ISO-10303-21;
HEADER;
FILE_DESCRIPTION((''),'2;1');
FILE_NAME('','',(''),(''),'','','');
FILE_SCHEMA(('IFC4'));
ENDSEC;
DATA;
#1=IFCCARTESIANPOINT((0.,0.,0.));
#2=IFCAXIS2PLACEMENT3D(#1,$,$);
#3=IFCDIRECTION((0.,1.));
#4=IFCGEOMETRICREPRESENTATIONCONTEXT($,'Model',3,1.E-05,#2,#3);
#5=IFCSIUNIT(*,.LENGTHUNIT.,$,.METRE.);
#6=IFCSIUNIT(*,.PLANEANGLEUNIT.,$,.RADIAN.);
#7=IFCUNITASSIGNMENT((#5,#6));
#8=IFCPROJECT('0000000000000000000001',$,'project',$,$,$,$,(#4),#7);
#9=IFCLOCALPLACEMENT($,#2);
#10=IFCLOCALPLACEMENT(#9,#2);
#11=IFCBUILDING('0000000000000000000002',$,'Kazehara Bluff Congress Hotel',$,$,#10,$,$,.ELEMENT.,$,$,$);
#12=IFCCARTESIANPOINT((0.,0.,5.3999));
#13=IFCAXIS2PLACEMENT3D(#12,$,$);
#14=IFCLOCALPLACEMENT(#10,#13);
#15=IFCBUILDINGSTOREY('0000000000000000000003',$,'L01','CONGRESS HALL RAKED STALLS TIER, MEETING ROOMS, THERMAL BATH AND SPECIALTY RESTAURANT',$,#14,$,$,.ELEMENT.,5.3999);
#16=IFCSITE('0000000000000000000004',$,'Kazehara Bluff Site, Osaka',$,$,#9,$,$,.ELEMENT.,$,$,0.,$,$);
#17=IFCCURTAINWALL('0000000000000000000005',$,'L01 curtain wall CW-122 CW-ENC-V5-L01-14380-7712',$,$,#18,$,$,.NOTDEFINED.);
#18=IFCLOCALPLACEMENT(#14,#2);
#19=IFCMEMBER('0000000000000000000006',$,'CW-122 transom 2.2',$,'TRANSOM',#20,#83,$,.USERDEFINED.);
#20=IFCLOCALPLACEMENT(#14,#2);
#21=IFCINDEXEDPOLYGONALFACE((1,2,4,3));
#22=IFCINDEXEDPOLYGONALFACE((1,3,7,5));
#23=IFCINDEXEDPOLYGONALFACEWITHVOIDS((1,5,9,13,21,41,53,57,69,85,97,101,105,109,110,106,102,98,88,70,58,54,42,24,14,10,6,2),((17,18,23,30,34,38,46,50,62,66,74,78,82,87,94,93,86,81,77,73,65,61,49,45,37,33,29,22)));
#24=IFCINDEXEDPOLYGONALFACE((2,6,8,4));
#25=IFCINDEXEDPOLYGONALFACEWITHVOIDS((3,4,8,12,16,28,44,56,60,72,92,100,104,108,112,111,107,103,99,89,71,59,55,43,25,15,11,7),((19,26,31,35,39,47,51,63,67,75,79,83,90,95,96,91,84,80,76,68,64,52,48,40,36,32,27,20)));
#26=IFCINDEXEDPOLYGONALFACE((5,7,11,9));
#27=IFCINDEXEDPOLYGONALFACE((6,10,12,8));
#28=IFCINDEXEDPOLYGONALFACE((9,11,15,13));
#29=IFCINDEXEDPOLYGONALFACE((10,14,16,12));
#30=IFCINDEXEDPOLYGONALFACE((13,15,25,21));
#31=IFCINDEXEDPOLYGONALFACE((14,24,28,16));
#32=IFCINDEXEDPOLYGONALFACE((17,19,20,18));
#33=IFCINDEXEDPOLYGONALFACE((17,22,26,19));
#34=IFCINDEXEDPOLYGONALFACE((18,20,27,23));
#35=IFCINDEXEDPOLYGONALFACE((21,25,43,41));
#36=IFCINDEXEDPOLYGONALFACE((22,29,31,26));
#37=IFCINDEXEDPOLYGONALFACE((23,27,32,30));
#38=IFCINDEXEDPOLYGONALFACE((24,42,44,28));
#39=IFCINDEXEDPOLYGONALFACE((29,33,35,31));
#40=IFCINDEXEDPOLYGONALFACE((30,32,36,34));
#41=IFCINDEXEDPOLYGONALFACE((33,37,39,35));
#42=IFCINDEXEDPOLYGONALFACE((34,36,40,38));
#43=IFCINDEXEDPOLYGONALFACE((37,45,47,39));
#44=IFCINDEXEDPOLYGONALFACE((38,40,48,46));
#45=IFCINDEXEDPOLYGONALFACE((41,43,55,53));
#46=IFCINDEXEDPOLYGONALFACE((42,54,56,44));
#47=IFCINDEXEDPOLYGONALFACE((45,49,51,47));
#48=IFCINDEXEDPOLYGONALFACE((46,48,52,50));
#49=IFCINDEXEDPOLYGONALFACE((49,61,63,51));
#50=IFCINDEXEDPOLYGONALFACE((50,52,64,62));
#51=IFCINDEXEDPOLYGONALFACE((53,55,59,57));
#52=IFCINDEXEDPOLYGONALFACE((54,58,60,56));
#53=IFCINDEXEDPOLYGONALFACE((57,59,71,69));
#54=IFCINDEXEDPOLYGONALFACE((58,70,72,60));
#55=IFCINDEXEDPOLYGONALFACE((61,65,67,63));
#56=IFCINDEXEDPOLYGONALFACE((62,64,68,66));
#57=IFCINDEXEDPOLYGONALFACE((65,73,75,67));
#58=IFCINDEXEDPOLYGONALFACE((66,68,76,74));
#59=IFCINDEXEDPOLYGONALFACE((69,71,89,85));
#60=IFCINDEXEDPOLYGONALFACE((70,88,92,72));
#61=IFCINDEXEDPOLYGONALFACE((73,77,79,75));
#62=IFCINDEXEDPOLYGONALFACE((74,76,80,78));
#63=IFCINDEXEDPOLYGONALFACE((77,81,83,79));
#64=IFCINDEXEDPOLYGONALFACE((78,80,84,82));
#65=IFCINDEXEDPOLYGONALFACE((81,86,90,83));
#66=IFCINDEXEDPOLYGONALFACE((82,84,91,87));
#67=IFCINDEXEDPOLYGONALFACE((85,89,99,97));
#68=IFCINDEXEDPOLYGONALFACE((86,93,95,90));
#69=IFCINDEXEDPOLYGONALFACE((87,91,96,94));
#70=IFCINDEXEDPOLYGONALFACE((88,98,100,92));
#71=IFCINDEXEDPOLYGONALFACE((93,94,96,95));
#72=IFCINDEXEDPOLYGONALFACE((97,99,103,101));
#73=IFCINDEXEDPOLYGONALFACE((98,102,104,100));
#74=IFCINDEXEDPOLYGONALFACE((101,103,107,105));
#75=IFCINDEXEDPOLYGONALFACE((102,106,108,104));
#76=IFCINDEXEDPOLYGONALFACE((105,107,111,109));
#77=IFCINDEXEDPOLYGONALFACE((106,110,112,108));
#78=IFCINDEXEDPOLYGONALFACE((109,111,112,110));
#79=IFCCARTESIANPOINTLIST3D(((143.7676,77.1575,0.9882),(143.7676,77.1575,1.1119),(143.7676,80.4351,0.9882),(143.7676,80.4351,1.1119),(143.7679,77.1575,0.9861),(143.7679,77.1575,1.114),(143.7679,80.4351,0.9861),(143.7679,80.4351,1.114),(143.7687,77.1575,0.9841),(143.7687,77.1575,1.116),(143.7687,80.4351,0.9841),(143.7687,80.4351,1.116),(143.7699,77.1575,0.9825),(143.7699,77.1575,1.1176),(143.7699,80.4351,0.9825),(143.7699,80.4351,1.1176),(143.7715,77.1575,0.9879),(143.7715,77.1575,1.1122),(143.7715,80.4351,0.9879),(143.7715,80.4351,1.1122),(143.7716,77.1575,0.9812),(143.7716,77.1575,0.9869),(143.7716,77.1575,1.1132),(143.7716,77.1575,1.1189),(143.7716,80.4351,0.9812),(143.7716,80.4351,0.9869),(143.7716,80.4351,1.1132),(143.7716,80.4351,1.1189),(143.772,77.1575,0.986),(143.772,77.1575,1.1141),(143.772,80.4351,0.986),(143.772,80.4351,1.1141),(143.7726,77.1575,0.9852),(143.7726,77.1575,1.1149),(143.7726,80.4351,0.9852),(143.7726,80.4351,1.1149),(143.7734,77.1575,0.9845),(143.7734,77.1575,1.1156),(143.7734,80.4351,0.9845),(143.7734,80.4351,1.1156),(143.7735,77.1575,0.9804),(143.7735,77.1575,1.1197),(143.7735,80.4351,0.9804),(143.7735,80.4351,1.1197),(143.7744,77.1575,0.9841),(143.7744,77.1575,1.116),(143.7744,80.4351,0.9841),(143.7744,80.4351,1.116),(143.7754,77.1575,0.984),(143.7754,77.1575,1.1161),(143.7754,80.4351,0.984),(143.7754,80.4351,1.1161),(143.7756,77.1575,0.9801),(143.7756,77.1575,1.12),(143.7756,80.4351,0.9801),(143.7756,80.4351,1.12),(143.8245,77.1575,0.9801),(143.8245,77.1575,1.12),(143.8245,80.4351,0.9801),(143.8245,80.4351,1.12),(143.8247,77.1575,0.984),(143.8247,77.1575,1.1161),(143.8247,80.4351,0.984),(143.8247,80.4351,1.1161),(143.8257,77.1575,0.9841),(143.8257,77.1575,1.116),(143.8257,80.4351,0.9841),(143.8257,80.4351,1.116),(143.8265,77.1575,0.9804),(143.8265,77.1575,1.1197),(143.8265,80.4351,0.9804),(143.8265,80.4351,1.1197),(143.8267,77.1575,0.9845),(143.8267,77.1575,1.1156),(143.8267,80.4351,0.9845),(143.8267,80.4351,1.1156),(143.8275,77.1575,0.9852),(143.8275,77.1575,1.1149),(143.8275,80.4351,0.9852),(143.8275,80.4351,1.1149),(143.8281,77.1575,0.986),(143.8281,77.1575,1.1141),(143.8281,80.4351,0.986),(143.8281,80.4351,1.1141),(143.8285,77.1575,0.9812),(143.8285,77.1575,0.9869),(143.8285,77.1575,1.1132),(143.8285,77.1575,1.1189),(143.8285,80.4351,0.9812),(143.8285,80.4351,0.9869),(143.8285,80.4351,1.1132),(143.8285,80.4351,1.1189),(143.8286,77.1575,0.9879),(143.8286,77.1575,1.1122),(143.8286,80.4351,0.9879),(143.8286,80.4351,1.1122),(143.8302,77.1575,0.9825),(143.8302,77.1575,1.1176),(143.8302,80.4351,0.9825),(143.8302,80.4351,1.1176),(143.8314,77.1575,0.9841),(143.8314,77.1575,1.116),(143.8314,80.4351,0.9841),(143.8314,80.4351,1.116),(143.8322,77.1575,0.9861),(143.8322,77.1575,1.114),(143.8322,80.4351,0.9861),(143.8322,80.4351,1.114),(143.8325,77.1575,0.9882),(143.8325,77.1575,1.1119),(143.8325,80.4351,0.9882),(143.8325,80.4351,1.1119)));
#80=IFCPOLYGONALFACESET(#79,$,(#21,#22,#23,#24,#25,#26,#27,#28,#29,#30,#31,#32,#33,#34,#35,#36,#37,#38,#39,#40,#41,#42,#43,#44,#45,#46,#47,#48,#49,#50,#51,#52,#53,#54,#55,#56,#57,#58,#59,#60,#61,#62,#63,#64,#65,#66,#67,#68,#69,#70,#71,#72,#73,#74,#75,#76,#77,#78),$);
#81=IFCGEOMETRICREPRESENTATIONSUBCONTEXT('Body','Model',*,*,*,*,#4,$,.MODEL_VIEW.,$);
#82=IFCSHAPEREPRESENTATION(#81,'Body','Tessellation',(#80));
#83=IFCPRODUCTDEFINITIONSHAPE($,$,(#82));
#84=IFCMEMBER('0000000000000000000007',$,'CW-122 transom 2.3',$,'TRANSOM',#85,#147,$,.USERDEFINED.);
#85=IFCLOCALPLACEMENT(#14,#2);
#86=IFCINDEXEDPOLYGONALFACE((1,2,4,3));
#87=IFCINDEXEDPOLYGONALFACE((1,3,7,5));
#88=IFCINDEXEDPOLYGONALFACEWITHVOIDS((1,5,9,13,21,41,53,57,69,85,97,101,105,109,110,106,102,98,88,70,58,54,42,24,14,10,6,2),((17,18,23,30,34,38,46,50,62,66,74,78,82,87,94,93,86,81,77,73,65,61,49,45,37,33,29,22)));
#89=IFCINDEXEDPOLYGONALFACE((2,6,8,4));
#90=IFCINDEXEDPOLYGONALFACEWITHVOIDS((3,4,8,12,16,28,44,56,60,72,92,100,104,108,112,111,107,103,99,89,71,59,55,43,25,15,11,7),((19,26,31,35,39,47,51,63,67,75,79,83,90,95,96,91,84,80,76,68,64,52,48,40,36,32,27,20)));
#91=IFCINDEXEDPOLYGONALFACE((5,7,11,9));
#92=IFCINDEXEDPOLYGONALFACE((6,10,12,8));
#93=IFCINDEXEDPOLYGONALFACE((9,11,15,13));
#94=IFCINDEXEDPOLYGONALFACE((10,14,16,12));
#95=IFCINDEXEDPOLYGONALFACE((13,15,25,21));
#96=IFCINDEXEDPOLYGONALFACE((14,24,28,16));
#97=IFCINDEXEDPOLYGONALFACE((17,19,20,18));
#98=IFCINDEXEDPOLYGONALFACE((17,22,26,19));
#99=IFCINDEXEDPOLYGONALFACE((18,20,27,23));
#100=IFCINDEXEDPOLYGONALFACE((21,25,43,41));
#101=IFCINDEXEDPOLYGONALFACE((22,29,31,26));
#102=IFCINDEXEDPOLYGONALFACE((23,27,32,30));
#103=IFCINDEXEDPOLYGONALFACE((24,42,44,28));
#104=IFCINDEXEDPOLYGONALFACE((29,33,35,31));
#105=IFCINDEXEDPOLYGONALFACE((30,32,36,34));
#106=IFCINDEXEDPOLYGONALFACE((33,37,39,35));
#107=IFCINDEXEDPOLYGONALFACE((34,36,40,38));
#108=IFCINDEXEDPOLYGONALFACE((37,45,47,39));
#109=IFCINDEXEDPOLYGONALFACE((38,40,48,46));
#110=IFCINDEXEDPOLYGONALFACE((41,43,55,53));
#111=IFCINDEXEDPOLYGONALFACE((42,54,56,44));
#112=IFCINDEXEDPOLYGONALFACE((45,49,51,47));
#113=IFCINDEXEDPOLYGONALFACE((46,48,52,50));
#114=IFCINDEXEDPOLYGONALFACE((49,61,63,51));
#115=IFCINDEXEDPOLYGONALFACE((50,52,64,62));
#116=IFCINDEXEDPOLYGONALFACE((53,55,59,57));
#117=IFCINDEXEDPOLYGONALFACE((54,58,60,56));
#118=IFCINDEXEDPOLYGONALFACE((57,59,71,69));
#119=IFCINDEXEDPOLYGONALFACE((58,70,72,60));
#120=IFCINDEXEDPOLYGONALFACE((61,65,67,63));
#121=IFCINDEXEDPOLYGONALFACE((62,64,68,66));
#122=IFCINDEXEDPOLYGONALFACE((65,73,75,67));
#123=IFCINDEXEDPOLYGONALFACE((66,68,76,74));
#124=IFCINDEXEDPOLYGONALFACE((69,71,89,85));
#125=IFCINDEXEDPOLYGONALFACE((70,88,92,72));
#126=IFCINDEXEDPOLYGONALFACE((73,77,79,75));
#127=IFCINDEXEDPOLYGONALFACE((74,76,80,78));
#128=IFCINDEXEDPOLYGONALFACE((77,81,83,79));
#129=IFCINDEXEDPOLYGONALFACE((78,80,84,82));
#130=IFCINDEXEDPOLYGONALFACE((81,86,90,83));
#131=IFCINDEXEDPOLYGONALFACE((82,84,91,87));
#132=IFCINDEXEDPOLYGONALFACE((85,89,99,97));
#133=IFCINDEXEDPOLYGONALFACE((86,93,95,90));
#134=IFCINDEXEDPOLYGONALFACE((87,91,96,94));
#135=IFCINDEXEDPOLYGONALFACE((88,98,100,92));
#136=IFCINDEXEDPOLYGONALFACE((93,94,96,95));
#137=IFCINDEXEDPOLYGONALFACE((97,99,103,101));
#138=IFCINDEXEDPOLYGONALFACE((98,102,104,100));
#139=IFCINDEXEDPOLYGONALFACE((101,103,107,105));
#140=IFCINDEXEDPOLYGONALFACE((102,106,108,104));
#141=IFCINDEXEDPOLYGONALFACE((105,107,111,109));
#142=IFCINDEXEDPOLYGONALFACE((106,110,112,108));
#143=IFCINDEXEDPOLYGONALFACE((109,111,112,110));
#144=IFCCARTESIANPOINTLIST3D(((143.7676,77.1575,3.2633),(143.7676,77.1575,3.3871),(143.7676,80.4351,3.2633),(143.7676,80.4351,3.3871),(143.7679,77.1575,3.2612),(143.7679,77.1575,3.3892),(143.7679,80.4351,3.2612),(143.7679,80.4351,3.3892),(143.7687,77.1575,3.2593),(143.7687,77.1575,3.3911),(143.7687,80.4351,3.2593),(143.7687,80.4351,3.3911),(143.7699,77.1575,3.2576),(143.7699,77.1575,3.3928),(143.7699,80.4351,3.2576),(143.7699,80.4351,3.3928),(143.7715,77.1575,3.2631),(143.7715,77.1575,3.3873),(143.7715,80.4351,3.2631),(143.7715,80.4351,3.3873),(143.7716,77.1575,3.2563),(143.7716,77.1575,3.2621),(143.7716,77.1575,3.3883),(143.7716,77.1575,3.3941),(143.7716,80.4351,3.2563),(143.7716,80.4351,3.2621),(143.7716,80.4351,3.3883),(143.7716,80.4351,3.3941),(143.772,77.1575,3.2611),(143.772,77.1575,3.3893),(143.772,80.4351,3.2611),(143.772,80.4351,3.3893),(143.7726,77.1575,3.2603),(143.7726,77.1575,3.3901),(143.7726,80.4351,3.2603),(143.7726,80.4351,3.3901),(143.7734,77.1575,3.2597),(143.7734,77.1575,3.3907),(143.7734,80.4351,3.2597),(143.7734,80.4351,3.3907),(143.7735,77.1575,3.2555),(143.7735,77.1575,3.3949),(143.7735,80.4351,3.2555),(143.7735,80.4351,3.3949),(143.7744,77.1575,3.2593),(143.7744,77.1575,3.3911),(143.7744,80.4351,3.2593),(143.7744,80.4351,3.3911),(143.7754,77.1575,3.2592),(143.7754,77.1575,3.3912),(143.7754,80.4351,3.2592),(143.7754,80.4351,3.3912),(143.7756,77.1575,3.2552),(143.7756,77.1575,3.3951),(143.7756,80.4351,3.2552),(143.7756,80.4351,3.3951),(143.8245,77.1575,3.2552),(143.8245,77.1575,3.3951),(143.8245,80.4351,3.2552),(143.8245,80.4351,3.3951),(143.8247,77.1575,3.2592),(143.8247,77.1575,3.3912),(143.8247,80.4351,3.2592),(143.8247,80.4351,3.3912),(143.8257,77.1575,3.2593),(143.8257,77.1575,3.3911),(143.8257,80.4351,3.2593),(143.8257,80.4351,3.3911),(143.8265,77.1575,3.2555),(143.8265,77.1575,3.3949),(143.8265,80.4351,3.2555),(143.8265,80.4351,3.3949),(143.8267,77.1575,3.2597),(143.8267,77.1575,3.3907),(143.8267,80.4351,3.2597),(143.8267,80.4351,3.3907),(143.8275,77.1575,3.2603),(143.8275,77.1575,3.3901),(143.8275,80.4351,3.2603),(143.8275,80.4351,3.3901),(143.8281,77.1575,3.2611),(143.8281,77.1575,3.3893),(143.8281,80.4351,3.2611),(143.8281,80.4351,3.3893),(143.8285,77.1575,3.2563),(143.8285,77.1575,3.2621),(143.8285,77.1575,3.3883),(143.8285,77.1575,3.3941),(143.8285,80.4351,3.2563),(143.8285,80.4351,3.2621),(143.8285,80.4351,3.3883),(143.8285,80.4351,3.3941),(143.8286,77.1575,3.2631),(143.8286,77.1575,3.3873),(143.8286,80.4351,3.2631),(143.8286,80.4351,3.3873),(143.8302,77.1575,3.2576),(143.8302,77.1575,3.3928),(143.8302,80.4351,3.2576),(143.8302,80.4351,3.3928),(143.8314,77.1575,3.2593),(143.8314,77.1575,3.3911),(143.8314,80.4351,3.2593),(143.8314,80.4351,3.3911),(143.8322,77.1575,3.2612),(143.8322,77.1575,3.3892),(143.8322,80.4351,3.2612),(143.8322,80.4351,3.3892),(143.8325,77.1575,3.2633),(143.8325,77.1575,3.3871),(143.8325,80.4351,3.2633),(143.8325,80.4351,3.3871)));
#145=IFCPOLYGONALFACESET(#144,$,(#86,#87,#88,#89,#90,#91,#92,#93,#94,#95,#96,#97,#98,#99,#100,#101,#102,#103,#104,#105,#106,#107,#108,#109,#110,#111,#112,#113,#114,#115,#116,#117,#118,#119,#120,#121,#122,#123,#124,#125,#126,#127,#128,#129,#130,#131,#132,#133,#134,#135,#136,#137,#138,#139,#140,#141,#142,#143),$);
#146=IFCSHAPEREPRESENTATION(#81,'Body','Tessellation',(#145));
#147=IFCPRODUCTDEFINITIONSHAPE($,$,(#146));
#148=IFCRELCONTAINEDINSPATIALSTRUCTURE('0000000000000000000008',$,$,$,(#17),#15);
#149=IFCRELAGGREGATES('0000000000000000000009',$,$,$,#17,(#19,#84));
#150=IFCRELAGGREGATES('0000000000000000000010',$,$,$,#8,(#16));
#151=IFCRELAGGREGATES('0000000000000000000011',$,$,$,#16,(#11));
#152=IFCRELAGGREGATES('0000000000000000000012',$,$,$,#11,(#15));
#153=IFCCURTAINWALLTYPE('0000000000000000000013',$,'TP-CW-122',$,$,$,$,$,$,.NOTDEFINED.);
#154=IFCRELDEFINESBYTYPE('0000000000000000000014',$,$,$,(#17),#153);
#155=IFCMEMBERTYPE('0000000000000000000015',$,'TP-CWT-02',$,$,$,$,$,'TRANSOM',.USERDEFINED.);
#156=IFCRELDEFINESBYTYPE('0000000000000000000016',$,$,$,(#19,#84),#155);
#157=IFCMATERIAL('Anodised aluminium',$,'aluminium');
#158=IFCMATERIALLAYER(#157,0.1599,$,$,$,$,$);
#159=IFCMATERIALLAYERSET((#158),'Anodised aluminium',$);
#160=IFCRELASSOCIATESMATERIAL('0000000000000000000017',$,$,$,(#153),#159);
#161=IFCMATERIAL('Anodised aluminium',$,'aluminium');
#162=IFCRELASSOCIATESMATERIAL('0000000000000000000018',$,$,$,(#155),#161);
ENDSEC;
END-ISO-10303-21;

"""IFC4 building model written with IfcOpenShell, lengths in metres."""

from ifc_helpers import new_model, si_unit, direction, frame, origin, origin_2d, place, context, subcontext, project, spatial, hollow_rectangle, extrude, material, layer, layer_set, material_profile, profile_set, type_object, element, aggregate, save


model = new_model("IFC4")

# Units and contexts
model_context = context("Model", 3, precision=1e-05, world=origin(), true_north=direction((0.0, 1.0)))
body_context = subcontext(model_context, "Body", "Model", "MODEL_VIEW")
ifc_project = project(units=[si_unit("LENGTHUNIT", "METRE"), si_unit("PLANEANGLEUNIT", "RADIAN")], contexts=[model_context])

# Site, building, storey
site_placement = place(None, origin())
site = spatial("IfcSite", under=ifc_project, at=site_placement, Name="Kazehara Bluff Site, Osaka", CompositionType="ELEMENT", RefElevation=0.0)
building_placement = place(site_placement, origin())
building = spatial("IfcBuilding", under=site, at=building_placement, Name="Kazehara Bluff Congress Hotel", CompositionType="ELEMENT")
storey_placement = place(building_placement, frame((0.0, 0.0, 5.3999)))
storey = spatial("IfcBuildingStorey", under=building, at=storey_placement, Name="L01", Description="CONGRESS HALL RAKED STALLS TIER, MEETING ROOMS, THERMAL BATH AND SPECIALTY RESTAURANT", CompositionType="ELEMENT", Elevation=5.3999)

# Curtain wall
ifc_material_1 = material(Name="Anodised aluminium", Category="aluminium")
ifc_layer_1 = layer(ifc_material_1, 0.1599)
ifc_layer_set_1 = layer_set([ifc_layer_1], Name="Anodised aluminium")
curtain_wall_type_1 = type_object("IfcCurtainWallType", Name="TP-CW-122", PredefinedType="NOTDEFINED", material=ifc_layer_set_1)
curtain_wall_1_placement = place(storey_placement, origin())
curtain_wall_1 = element("IfcCurtainWall", 1, at=curtain_wall_1_placement, inside=storey, type_object=curtain_wall_type_1, Name="L01 curtain wall CW-122 CW-ENC-V5-L01-14380-7712", PredefinedType="NOTDEFINED")

# Members
ifc_material_2 = material(Name="Anodised aluminium", Category="aluminium")
ifc_material_profile_1 = material_profile(ifc_material_2, hollow_rectangle(XDim=0.0649, YDim=0.1399, WallThickness=0.0039, InnerFilletRadius=0.0039, OuterFilletRadius=0.0081, at=origin_2d()))
ifc_profile_set_1 = profile_set([ifc_material_profile_1], Name="Anodised aluminium")
member_type_1 = type_object("IfcMemberType", Name="TP-CWT-02", ElementType="TRANSOM", PredefinedType="USERDEFINED", material=ifc_profile_set_1)
member_1_placement = place(storey_placement, frame((143.8, 77.1575, 1.05), z_axis=(0.0, 1.0, 0.0), x_axis=(-1.0, 0.0, 0.0)))
member_1 = element("IfcMember", 2, at=member_1_placement, type_object=member_type_1, Name="CW-122 transom 2.2", ObjectType="TRANSOM", PredefinedType="USERDEFINED", context=body_context, shape_type="SweptSolid", body=[
    extrude(hollow_rectangle(XDim=0.0649, YDim=0.1399, WallThickness=0.0039, InnerFilletRadius=0.0039, OuterFilletRadius=0.0081, at=origin_2d()), origin(), (0.0, 0.0, 1.0), 3.2776),
])
member_2_placement = place(storey_placement, frame((143.8, 77.1575, 3.3252), z_axis=(0.0, 1.0, 0.0), x_axis=(-1.0, 0.0, 0.0)))
member_2 = element("IfcMember", 3, at=member_2_placement, type_object=member_type_1, Name="CW-122 transom 2.3", ObjectType="TRANSOM", PredefinedType="USERDEFINED", context=body_context, shape_type="SweptSolid", body=[
    extrude(hollow_rectangle(XDim=0.0649, YDim=0.1399, WallThickness=0.0039, InnerFilletRadius=0.0039, OuterFilletRadius=0.0081, at=origin_2d()), origin(), (0.0, 0.0, 1.0), 3.2776),
])

aggregate(curtain_wall_1, [member_1, member_2])

save(model, "model.ifc")
